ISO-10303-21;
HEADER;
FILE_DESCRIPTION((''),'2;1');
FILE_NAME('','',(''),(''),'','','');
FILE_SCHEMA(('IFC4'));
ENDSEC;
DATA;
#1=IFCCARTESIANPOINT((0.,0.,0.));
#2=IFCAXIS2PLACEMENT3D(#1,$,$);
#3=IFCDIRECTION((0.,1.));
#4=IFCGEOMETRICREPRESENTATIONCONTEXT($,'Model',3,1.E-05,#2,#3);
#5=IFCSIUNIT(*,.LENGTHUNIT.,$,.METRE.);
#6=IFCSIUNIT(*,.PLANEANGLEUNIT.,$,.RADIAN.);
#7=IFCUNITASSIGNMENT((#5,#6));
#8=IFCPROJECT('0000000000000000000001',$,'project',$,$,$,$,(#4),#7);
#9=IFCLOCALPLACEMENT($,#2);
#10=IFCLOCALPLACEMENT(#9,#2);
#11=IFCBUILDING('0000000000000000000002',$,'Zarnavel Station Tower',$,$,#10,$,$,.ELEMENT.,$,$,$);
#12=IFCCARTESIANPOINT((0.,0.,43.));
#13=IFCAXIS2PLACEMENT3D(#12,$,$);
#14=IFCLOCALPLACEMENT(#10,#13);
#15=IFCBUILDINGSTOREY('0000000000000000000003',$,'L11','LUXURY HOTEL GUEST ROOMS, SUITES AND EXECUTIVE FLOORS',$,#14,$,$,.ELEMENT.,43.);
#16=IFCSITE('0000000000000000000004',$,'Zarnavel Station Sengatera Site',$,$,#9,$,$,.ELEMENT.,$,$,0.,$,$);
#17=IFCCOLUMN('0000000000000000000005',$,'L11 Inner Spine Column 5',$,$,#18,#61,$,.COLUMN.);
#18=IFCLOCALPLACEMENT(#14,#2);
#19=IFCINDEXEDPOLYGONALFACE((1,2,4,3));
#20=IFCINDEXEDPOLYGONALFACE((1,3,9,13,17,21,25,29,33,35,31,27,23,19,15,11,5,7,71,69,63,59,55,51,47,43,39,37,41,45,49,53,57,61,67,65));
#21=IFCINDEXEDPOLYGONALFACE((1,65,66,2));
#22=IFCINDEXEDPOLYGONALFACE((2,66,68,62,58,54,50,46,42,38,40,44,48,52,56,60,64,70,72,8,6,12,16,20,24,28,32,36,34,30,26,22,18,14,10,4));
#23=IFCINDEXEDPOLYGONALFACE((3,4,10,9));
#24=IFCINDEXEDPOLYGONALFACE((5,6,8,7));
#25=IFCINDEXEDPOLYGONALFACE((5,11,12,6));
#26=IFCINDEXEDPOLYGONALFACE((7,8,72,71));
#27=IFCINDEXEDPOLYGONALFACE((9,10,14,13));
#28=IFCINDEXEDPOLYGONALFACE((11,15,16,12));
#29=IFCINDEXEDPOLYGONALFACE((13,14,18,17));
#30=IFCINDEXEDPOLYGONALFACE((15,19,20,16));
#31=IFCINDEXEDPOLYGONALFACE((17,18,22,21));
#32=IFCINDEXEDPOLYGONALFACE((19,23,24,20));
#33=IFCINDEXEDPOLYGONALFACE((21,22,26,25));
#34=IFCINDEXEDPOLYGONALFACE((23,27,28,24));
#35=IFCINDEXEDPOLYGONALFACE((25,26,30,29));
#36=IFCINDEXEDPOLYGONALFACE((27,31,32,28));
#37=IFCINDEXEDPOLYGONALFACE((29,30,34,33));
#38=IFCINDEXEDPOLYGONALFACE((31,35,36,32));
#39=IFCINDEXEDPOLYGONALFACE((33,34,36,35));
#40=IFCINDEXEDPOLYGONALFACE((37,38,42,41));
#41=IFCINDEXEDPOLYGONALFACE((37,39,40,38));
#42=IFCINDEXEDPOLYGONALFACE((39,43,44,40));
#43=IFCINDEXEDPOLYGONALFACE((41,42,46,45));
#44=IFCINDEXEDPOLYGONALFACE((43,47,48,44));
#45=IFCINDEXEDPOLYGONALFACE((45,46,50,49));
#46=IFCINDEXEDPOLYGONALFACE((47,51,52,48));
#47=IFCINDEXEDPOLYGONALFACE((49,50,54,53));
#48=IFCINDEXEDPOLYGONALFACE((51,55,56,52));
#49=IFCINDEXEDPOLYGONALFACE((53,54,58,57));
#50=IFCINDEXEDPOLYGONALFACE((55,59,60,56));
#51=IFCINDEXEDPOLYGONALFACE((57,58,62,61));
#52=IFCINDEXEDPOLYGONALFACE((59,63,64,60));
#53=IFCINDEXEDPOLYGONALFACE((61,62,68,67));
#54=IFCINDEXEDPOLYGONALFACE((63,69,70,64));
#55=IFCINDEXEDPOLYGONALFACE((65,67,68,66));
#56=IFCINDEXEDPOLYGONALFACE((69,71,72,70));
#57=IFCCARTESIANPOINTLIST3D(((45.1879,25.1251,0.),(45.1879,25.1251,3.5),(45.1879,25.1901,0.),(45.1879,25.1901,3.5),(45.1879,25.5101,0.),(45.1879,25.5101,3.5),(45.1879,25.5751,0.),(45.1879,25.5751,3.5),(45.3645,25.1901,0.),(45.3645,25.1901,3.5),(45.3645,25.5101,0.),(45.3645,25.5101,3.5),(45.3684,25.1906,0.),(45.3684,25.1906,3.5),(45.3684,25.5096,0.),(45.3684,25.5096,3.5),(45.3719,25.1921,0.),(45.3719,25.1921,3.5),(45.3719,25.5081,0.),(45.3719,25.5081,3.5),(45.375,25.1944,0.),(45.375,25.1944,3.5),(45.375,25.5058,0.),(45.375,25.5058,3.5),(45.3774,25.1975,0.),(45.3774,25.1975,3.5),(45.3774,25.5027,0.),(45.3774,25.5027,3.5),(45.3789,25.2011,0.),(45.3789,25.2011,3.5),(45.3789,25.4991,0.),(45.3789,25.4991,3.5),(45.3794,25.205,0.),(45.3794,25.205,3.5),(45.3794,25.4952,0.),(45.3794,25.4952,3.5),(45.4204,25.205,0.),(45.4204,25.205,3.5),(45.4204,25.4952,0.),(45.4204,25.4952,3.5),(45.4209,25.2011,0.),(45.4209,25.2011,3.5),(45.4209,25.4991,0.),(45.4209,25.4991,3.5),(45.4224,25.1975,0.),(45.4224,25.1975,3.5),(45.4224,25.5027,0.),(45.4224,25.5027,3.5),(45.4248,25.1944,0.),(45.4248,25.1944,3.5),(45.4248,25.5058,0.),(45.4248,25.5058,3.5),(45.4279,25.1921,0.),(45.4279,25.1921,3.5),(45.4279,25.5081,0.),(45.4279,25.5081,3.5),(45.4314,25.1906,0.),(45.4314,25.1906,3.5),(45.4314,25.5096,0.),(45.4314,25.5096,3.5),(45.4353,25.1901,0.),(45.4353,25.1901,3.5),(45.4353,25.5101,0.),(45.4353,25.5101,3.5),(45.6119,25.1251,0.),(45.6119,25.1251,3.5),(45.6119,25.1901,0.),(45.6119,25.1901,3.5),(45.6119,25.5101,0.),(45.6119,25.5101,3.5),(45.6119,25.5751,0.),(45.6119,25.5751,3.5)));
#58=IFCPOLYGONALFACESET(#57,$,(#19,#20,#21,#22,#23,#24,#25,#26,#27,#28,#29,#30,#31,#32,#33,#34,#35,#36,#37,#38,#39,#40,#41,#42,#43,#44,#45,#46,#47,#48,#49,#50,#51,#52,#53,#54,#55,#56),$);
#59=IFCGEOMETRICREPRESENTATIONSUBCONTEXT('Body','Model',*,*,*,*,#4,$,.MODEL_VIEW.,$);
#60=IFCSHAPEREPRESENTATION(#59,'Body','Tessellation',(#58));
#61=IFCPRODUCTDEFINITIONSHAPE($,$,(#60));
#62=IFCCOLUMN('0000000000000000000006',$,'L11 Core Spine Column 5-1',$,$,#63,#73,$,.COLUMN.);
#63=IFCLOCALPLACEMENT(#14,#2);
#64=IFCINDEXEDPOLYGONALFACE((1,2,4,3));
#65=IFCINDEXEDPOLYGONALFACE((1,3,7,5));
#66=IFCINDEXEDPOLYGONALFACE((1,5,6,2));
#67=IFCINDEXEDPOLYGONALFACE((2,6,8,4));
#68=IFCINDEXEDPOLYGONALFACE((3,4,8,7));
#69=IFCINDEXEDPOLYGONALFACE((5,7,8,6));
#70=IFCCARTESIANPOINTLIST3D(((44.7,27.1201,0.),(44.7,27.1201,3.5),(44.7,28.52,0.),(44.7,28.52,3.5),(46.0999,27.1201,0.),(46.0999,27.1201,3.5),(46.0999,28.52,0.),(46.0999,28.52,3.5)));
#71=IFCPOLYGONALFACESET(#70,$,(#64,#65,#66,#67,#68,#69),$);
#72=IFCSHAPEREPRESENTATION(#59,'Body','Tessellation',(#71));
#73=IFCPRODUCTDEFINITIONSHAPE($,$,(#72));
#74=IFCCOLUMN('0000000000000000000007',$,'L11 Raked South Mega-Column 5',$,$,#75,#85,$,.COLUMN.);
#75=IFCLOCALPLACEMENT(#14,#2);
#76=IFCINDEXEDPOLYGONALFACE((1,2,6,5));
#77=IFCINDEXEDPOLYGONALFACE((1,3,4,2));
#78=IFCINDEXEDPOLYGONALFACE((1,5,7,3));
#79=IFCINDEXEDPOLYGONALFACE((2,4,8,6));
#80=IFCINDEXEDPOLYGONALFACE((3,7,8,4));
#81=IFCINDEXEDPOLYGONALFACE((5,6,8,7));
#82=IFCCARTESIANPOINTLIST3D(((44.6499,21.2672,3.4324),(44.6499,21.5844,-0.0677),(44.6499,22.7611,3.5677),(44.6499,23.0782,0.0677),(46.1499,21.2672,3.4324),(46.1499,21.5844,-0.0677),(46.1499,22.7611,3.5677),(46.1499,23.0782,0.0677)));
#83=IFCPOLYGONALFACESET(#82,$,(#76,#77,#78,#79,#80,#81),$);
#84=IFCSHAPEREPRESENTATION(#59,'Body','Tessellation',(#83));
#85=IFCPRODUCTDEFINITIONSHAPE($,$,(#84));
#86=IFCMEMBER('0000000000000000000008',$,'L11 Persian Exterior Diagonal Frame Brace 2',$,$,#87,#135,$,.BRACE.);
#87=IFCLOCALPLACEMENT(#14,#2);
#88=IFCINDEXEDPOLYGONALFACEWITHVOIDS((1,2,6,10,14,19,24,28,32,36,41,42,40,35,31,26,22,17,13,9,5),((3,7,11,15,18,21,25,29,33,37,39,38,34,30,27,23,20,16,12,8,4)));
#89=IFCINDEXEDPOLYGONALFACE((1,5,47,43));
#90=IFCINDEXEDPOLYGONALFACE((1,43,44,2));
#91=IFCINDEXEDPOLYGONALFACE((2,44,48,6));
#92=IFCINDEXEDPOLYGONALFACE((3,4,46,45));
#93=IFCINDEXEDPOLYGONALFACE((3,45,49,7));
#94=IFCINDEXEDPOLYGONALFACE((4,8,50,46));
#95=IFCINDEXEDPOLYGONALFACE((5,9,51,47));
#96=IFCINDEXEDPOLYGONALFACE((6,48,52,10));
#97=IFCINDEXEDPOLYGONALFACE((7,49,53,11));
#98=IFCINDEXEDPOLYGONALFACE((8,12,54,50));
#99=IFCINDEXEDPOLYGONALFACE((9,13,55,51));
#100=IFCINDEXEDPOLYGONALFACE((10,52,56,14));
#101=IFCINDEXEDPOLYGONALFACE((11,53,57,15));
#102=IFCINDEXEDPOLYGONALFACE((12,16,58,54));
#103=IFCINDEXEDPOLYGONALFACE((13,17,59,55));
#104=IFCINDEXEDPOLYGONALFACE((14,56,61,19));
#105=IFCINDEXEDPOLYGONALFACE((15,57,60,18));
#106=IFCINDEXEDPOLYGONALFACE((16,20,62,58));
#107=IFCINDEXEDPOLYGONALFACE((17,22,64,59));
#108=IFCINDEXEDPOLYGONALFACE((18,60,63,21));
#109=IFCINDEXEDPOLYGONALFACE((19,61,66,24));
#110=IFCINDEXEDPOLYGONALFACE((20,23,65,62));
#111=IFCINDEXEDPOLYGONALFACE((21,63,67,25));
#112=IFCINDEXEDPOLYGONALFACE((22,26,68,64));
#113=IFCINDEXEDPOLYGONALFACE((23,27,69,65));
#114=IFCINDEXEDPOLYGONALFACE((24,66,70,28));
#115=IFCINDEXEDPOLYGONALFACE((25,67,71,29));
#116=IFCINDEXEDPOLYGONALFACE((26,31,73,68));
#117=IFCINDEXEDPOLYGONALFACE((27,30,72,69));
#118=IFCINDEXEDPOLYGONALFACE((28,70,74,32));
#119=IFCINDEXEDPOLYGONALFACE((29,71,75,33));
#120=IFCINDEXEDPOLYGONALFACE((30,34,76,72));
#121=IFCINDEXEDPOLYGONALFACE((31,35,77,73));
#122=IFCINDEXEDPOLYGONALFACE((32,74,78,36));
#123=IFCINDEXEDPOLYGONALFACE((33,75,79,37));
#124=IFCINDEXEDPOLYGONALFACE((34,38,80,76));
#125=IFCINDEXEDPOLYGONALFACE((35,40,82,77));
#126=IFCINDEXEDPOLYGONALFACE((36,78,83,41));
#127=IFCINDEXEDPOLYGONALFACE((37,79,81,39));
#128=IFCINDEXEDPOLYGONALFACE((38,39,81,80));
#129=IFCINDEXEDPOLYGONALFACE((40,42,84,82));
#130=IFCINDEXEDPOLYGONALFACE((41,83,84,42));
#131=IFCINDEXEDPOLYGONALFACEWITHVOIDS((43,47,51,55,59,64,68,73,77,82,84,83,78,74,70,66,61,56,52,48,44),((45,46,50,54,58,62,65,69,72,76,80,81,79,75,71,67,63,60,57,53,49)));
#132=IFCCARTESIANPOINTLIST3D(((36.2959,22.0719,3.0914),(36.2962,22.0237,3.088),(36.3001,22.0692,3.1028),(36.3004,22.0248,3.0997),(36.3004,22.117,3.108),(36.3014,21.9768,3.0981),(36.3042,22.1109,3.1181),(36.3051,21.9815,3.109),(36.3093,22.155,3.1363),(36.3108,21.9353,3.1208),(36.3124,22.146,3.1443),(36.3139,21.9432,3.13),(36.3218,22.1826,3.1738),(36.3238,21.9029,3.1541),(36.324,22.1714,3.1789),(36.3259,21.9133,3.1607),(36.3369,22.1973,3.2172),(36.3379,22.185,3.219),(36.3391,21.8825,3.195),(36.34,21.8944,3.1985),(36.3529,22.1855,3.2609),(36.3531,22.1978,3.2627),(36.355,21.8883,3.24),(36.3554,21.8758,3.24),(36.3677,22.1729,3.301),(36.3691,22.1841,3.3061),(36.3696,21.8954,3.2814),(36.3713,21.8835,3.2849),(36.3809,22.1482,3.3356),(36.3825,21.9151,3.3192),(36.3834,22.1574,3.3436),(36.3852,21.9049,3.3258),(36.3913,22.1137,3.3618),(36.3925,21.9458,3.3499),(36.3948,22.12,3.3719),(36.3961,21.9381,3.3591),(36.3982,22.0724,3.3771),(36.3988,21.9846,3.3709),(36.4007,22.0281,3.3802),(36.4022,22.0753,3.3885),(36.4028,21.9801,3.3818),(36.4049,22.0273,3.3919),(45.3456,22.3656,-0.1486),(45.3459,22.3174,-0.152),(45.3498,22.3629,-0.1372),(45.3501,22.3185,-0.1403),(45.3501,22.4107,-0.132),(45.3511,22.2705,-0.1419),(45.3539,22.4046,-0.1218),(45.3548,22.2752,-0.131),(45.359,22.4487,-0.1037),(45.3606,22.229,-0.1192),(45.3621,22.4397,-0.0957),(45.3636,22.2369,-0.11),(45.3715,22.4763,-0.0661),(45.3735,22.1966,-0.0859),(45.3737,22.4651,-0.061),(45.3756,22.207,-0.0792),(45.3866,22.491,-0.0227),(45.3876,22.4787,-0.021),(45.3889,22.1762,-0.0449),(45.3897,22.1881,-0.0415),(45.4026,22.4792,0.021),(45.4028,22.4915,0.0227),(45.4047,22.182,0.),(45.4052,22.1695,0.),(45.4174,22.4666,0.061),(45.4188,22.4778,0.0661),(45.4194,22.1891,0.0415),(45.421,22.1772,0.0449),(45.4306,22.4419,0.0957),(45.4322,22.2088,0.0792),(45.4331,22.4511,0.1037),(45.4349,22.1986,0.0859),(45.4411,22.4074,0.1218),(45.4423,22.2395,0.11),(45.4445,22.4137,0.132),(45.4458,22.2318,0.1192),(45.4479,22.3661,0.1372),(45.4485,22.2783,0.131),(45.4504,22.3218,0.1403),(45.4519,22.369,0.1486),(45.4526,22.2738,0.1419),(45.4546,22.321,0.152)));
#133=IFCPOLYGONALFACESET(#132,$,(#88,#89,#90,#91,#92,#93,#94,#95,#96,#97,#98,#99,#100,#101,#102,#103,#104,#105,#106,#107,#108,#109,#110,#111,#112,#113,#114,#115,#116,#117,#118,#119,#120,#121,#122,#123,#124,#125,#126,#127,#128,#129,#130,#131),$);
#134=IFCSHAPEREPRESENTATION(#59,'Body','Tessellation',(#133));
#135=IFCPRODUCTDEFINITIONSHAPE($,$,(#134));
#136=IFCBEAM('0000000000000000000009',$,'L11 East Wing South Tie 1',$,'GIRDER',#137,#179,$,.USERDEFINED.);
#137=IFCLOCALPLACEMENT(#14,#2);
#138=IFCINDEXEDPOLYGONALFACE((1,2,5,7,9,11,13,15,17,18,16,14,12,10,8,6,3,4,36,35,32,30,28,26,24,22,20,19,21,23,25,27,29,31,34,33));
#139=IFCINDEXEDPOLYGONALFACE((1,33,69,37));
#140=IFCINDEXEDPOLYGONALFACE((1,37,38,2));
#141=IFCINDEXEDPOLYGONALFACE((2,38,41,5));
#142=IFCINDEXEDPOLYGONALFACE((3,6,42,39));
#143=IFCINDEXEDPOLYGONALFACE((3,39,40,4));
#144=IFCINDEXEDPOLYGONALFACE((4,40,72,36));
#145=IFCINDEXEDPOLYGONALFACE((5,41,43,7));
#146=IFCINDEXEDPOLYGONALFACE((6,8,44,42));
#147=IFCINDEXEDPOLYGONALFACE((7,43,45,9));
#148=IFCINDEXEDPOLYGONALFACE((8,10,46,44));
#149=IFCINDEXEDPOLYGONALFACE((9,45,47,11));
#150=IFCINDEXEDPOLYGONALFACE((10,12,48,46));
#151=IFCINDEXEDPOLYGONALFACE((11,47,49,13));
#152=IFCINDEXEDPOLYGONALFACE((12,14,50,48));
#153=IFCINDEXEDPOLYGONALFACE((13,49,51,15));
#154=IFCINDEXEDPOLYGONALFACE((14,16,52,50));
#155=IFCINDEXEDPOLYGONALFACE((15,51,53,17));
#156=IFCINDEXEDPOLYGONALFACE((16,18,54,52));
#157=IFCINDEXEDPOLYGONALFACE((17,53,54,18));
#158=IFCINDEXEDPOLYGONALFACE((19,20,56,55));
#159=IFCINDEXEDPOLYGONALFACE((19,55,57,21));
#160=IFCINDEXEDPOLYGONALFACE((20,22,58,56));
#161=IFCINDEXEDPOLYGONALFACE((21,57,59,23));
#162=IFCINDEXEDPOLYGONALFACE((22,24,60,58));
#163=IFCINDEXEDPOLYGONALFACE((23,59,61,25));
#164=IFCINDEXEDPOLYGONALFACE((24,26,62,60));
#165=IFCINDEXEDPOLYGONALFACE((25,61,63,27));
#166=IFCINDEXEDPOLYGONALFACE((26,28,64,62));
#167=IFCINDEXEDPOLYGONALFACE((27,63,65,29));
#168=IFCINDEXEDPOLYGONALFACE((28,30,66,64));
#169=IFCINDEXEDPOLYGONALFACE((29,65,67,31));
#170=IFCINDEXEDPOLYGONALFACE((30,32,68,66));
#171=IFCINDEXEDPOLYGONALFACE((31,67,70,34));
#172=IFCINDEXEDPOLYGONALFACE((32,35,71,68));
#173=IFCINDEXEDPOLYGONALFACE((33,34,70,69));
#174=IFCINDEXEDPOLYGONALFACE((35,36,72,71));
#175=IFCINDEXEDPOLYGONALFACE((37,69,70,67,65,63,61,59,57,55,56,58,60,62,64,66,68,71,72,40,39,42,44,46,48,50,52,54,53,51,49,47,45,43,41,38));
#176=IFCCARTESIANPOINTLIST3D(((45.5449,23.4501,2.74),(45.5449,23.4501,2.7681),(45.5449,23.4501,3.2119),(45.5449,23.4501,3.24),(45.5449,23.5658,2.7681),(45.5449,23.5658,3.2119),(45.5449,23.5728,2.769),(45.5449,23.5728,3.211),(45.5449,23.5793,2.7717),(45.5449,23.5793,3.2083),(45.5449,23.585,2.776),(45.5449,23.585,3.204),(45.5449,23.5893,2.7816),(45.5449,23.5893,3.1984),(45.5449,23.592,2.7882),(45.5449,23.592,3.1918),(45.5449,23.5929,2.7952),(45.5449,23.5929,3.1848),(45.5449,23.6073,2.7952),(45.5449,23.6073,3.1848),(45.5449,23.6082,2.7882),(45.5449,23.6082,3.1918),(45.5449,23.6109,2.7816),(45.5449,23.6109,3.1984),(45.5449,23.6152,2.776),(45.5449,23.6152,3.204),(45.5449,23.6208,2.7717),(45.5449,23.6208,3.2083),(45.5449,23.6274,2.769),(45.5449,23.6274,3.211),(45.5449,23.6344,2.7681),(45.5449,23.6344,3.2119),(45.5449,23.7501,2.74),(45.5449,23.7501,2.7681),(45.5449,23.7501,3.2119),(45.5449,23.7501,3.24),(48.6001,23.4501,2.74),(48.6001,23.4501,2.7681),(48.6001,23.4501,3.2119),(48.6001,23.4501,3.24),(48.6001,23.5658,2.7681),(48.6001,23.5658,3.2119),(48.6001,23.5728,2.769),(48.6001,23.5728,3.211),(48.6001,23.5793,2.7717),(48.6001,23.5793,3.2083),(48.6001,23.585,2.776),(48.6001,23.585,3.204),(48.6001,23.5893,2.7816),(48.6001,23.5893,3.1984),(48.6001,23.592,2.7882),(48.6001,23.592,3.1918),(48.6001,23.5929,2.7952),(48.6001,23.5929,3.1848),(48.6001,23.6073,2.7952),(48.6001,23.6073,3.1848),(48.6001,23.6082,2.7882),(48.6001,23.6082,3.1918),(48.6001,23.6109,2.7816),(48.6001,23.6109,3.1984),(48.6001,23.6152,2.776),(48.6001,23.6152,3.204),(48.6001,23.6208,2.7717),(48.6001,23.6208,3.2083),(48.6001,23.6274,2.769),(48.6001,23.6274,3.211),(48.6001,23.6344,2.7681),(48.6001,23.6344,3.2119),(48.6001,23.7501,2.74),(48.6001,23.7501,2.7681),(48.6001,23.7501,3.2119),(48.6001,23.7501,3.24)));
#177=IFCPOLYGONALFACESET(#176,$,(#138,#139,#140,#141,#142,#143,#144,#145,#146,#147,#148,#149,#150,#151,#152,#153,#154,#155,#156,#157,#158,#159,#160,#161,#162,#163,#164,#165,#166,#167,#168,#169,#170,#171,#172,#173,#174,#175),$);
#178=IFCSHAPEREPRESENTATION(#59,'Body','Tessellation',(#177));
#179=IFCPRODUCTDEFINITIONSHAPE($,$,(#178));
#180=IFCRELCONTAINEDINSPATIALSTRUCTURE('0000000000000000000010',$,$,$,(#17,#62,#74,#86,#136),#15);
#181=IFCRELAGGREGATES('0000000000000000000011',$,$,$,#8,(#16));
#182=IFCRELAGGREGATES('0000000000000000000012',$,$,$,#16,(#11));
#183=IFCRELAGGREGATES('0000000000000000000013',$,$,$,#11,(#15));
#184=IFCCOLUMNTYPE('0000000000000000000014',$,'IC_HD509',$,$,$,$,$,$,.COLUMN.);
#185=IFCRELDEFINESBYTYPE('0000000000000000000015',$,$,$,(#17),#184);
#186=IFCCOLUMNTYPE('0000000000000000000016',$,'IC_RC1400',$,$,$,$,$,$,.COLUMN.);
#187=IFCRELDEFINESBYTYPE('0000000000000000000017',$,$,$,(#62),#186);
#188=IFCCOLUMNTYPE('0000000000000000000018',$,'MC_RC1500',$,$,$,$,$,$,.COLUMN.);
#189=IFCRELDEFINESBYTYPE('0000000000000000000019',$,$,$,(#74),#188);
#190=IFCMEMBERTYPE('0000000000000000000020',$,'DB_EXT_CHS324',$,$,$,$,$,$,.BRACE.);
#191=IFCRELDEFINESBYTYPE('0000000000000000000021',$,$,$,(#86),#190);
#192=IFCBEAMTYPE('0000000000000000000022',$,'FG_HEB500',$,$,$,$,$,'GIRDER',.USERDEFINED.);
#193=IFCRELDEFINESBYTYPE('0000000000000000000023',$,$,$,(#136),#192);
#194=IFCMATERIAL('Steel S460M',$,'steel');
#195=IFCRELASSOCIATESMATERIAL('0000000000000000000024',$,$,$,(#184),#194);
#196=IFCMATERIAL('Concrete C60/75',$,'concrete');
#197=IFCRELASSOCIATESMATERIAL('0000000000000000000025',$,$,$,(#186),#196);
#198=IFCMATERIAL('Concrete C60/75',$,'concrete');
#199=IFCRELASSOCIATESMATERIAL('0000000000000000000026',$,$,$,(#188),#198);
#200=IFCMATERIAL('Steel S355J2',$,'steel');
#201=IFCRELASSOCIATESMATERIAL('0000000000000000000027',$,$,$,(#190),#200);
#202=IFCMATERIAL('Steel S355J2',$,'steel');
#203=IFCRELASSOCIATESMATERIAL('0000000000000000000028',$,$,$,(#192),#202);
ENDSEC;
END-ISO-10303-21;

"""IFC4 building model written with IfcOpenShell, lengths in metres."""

from ifc_helpers import new_model, si_unit, direction, frame, origin, origin_2d, place, context, subcontext, project, spatial, rectangle, hollow_circle, i_section, extrude, material, material_profile, profile_set, type_object, element, save


model = new_model("IFC4")

# Units and contexts
model_context = context("Model", 3, precision=1e-05, world=origin(), true_north=direction((0.0, 1.0)))
body_context = subcontext(model_context, "Body", "Model", "MODEL_VIEW")
ifc_project = project(units=[si_unit("LENGTHUNIT", "METRE"), si_unit("PLANEANGLEUNIT", "RADIAN")], contexts=[model_context])

# Site, building, storey
site_placement = place(None, origin())
site = spatial("IfcSite", under=ifc_project, at=site_placement, Name="Zarnavel Station Sengatera Site", CompositionType="ELEMENT", RefElevation=0.0)
building_placement = place(site_placement, origin())
building = spatial("IfcBuilding", under=site, at=building_placement, Name="Zarnavel Station Tower", CompositionType="ELEMENT")
storey_placement = place(building_placement, frame((0.0, 0.0, 43.0)))
storey = spatial("IfcBuildingStorey", under=building, at=storey_placement, Name="L11", Description="LUXURY HOTEL GUEST ROOMS, SUITES AND EXECUTIVE FLOORS", CompositionType="ELEMENT", Elevation=43.0)

# Columns
ifc_material_1 = material(Name="Steel S460M", Category="steel")
ifc_material_profile_1 = material_profile(ifc_material_1, i_section(OverallWidth=0.4241, OverallDepth=0.45, WebThickness=0.041, FlangeThickness=0.0649, FilletRadius=0.0149, at=origin_2d()), Name="HD400x509")
ifc_profile_set_1 = profile_set([ifc_material_profile_1], Name="Steel S460M")
column_type_1 = type_object("IfcColumnType", Name="IC_HD509", PredefinedType="COLUMN", material=ifc_profile_set_1)
column_1_placement = place(storey_placement, frame((45.3999, 25.3501, 0.0), z_axis=(0.0, 0.0, 1.0), x_axis=(1.0, 0.0, 0.0)))
element("IfcColumn", 1, at=column_1_placement, inside=storey, type_object=column_type_1, Name="L11 Inner Spine Column 5", PredefinedType="COLUMN", context=body_context, shape_type="SweptSolid", body=[
    extrude(i_section(OverallWidth=0.4241, OverallDepth=0.45, WebThickness=0.041, FlangeThickness=0.0649, FilletRadius=0.0149, at=origin_2d()), origin(), (0.0, 0.0, 1.0), 3.5),
])
ifc_material_2 = material(Name="Concrete C60/75", Category="concrete")
ifc_material_profile_2 = material_profile(ifc_material_2, rectangle(XDim=1.3999, YDim=1.3999, at=origin_2d()), Name="RC1400x1400")
ifc_profile_set_2 = profile_set([ifc_material_profile_2], Name="Concrete C60/75")
column_type_2 = type_object("IfcColumnType", Name="IC_RC1400", PredefinedType="COLUMN", material=ifc_profile_set_2)
column_2_placement = place(storey_placement, frame((45.3999, 27.8201, 0.0), z_axis=(0.0, 0.0, 1.0), x_axis=(1.0, 0.0, 0.0)))
element("IfcColumn", 2, at=column_2_placement, inside=storey, type_object=column_type_2, Name="L11 Core Spine Column 5-1", PredefinedType="COLUMN", context=body_context, shape_type="SweptSolid", body=[
    extrude(rectangle(XDim=1.3999, YDim=1.3999, at=origin_2d()), origin(), (0.0, 0.0, 1.0), 3.5),
])
ifc_material_3 = material(Name="Concrete C60/75", Category="concrete")
ifc_material_profile_3 = material_profile(ifc_material_3, rectangle(XDim=1.5, YDim=1.5, at=origin_2d()), Name="RC1500x1500")
ifc_profile_set_3 = profile_set([ifc_material_profile_3], Name="Concrete C60/75")
column_type_3 = type_object("IfcColumnType", Name="MC_RC1500", PredefinedType="COLUMN", material=ifc_profile_set_3)
column_3_placement = place(storey_placement, frame((45.3999, 22.3313, 0.0), z_axis=(0.0, -0.090241, 0.99592), x_axis=(1.0, 0.0, 0.0)))
element("IfcColumn", 3, at=column_3_placement, inside=storey, type_object=column_type_3, Name="L11 Raked South Mega-Column 5", PredefinedType="COLUMN", context=body_context, shape_type="SweptSolid", body=[
    extrude(rectangle(XDim=1.5, YDim=1.5, at=origin_2d()), origin(), (0.0, 0.0, 1.0), 3.5144),
])

# Member
ifc_material_4 = material(Name="Steel S355J2", Category="steel")
ifc_material_profile_4 = material_profile(ifc_material_4, hollow_circle(Radius=0.1619, WallThickness=0.0125, at=origin_2d()), Name="CHS323.9x12.5")
ifc_profile_set_4 = profile_set([ifc_material_profile_4], Name="Steel S355J2")
member_type = type_object("IfcMemberType", Name="DB_EXT_CHS324", PredefinedType="BRACE", material=ifc_profile_set_4)
member_placement = place(storey_placement, frame((45.3999, 22.3313, 0.0), z_axis=(-0.941042, -0.03054, 0.33691), x_axis=(0.032437, -0.999474, 0.0)))
element("IfcMember", 4, at=member_placement, inside=storey, type_object=member_type, Name="L11 Persian Exterior Diagonal Frame Brace 2", PredefinedType="BRACE", context=body_context, shape_type="SweptSolid", body=[
    extrude(hollow_circle(Radius=0.1619, WallThickness=0.0125, at=origin_2d()), origin(), (0.0, 0.0, 1.0), 9.6167),
])

# Beam
ifc_material_5 = material(Name="Steel S355J2", Category="steel")
ifc_material_profile_5 = material_profile(ifc_material_5, i_section(OverallWidth=0.3, OverallDepth=0.5, WebThickness=0.0144, FlangeThickness=0.0281, FilletRadius=0.0271, at=origin_2d()), Name="HEB500")
ifc_profile_set_5 = profile_set([ifc_material_profile_5], Name="Steel S355J2")
beam_type_1 = type_object("IfcBeamType", Name="FG_HEB500", ElementType="GIRDER", PredefinedType="USERDEFINED", material=ifc_profile_set_5)
beam_1_placement = place(storey_placement, frame((45.5449, 23.6001, 2.99), z_axis=(1.0, 0.0, 0.0), x_axis=(0.0, 1.0, 0.0)))
element("IfcBeam", 5, at=beam_1_placement, inside=storey, type_object=beam_type_1, Name="L11 East Wing South Tie 1", ObjectType="GIRDER", PredefinedType="USERDEFINED", context=body_context, shape_type="SweptSolid", body=[
    extrude(i_section(OverallWidth=0.3, OverallDepth=0.5, WebThickness=0.0144, FlangeThickness=0.0281, FilletRadius=0.0271, at=origin_2d()), origin(), (0.0, 0.0, 1.0), 3.0552),
])

save(model, "model.ifc")
